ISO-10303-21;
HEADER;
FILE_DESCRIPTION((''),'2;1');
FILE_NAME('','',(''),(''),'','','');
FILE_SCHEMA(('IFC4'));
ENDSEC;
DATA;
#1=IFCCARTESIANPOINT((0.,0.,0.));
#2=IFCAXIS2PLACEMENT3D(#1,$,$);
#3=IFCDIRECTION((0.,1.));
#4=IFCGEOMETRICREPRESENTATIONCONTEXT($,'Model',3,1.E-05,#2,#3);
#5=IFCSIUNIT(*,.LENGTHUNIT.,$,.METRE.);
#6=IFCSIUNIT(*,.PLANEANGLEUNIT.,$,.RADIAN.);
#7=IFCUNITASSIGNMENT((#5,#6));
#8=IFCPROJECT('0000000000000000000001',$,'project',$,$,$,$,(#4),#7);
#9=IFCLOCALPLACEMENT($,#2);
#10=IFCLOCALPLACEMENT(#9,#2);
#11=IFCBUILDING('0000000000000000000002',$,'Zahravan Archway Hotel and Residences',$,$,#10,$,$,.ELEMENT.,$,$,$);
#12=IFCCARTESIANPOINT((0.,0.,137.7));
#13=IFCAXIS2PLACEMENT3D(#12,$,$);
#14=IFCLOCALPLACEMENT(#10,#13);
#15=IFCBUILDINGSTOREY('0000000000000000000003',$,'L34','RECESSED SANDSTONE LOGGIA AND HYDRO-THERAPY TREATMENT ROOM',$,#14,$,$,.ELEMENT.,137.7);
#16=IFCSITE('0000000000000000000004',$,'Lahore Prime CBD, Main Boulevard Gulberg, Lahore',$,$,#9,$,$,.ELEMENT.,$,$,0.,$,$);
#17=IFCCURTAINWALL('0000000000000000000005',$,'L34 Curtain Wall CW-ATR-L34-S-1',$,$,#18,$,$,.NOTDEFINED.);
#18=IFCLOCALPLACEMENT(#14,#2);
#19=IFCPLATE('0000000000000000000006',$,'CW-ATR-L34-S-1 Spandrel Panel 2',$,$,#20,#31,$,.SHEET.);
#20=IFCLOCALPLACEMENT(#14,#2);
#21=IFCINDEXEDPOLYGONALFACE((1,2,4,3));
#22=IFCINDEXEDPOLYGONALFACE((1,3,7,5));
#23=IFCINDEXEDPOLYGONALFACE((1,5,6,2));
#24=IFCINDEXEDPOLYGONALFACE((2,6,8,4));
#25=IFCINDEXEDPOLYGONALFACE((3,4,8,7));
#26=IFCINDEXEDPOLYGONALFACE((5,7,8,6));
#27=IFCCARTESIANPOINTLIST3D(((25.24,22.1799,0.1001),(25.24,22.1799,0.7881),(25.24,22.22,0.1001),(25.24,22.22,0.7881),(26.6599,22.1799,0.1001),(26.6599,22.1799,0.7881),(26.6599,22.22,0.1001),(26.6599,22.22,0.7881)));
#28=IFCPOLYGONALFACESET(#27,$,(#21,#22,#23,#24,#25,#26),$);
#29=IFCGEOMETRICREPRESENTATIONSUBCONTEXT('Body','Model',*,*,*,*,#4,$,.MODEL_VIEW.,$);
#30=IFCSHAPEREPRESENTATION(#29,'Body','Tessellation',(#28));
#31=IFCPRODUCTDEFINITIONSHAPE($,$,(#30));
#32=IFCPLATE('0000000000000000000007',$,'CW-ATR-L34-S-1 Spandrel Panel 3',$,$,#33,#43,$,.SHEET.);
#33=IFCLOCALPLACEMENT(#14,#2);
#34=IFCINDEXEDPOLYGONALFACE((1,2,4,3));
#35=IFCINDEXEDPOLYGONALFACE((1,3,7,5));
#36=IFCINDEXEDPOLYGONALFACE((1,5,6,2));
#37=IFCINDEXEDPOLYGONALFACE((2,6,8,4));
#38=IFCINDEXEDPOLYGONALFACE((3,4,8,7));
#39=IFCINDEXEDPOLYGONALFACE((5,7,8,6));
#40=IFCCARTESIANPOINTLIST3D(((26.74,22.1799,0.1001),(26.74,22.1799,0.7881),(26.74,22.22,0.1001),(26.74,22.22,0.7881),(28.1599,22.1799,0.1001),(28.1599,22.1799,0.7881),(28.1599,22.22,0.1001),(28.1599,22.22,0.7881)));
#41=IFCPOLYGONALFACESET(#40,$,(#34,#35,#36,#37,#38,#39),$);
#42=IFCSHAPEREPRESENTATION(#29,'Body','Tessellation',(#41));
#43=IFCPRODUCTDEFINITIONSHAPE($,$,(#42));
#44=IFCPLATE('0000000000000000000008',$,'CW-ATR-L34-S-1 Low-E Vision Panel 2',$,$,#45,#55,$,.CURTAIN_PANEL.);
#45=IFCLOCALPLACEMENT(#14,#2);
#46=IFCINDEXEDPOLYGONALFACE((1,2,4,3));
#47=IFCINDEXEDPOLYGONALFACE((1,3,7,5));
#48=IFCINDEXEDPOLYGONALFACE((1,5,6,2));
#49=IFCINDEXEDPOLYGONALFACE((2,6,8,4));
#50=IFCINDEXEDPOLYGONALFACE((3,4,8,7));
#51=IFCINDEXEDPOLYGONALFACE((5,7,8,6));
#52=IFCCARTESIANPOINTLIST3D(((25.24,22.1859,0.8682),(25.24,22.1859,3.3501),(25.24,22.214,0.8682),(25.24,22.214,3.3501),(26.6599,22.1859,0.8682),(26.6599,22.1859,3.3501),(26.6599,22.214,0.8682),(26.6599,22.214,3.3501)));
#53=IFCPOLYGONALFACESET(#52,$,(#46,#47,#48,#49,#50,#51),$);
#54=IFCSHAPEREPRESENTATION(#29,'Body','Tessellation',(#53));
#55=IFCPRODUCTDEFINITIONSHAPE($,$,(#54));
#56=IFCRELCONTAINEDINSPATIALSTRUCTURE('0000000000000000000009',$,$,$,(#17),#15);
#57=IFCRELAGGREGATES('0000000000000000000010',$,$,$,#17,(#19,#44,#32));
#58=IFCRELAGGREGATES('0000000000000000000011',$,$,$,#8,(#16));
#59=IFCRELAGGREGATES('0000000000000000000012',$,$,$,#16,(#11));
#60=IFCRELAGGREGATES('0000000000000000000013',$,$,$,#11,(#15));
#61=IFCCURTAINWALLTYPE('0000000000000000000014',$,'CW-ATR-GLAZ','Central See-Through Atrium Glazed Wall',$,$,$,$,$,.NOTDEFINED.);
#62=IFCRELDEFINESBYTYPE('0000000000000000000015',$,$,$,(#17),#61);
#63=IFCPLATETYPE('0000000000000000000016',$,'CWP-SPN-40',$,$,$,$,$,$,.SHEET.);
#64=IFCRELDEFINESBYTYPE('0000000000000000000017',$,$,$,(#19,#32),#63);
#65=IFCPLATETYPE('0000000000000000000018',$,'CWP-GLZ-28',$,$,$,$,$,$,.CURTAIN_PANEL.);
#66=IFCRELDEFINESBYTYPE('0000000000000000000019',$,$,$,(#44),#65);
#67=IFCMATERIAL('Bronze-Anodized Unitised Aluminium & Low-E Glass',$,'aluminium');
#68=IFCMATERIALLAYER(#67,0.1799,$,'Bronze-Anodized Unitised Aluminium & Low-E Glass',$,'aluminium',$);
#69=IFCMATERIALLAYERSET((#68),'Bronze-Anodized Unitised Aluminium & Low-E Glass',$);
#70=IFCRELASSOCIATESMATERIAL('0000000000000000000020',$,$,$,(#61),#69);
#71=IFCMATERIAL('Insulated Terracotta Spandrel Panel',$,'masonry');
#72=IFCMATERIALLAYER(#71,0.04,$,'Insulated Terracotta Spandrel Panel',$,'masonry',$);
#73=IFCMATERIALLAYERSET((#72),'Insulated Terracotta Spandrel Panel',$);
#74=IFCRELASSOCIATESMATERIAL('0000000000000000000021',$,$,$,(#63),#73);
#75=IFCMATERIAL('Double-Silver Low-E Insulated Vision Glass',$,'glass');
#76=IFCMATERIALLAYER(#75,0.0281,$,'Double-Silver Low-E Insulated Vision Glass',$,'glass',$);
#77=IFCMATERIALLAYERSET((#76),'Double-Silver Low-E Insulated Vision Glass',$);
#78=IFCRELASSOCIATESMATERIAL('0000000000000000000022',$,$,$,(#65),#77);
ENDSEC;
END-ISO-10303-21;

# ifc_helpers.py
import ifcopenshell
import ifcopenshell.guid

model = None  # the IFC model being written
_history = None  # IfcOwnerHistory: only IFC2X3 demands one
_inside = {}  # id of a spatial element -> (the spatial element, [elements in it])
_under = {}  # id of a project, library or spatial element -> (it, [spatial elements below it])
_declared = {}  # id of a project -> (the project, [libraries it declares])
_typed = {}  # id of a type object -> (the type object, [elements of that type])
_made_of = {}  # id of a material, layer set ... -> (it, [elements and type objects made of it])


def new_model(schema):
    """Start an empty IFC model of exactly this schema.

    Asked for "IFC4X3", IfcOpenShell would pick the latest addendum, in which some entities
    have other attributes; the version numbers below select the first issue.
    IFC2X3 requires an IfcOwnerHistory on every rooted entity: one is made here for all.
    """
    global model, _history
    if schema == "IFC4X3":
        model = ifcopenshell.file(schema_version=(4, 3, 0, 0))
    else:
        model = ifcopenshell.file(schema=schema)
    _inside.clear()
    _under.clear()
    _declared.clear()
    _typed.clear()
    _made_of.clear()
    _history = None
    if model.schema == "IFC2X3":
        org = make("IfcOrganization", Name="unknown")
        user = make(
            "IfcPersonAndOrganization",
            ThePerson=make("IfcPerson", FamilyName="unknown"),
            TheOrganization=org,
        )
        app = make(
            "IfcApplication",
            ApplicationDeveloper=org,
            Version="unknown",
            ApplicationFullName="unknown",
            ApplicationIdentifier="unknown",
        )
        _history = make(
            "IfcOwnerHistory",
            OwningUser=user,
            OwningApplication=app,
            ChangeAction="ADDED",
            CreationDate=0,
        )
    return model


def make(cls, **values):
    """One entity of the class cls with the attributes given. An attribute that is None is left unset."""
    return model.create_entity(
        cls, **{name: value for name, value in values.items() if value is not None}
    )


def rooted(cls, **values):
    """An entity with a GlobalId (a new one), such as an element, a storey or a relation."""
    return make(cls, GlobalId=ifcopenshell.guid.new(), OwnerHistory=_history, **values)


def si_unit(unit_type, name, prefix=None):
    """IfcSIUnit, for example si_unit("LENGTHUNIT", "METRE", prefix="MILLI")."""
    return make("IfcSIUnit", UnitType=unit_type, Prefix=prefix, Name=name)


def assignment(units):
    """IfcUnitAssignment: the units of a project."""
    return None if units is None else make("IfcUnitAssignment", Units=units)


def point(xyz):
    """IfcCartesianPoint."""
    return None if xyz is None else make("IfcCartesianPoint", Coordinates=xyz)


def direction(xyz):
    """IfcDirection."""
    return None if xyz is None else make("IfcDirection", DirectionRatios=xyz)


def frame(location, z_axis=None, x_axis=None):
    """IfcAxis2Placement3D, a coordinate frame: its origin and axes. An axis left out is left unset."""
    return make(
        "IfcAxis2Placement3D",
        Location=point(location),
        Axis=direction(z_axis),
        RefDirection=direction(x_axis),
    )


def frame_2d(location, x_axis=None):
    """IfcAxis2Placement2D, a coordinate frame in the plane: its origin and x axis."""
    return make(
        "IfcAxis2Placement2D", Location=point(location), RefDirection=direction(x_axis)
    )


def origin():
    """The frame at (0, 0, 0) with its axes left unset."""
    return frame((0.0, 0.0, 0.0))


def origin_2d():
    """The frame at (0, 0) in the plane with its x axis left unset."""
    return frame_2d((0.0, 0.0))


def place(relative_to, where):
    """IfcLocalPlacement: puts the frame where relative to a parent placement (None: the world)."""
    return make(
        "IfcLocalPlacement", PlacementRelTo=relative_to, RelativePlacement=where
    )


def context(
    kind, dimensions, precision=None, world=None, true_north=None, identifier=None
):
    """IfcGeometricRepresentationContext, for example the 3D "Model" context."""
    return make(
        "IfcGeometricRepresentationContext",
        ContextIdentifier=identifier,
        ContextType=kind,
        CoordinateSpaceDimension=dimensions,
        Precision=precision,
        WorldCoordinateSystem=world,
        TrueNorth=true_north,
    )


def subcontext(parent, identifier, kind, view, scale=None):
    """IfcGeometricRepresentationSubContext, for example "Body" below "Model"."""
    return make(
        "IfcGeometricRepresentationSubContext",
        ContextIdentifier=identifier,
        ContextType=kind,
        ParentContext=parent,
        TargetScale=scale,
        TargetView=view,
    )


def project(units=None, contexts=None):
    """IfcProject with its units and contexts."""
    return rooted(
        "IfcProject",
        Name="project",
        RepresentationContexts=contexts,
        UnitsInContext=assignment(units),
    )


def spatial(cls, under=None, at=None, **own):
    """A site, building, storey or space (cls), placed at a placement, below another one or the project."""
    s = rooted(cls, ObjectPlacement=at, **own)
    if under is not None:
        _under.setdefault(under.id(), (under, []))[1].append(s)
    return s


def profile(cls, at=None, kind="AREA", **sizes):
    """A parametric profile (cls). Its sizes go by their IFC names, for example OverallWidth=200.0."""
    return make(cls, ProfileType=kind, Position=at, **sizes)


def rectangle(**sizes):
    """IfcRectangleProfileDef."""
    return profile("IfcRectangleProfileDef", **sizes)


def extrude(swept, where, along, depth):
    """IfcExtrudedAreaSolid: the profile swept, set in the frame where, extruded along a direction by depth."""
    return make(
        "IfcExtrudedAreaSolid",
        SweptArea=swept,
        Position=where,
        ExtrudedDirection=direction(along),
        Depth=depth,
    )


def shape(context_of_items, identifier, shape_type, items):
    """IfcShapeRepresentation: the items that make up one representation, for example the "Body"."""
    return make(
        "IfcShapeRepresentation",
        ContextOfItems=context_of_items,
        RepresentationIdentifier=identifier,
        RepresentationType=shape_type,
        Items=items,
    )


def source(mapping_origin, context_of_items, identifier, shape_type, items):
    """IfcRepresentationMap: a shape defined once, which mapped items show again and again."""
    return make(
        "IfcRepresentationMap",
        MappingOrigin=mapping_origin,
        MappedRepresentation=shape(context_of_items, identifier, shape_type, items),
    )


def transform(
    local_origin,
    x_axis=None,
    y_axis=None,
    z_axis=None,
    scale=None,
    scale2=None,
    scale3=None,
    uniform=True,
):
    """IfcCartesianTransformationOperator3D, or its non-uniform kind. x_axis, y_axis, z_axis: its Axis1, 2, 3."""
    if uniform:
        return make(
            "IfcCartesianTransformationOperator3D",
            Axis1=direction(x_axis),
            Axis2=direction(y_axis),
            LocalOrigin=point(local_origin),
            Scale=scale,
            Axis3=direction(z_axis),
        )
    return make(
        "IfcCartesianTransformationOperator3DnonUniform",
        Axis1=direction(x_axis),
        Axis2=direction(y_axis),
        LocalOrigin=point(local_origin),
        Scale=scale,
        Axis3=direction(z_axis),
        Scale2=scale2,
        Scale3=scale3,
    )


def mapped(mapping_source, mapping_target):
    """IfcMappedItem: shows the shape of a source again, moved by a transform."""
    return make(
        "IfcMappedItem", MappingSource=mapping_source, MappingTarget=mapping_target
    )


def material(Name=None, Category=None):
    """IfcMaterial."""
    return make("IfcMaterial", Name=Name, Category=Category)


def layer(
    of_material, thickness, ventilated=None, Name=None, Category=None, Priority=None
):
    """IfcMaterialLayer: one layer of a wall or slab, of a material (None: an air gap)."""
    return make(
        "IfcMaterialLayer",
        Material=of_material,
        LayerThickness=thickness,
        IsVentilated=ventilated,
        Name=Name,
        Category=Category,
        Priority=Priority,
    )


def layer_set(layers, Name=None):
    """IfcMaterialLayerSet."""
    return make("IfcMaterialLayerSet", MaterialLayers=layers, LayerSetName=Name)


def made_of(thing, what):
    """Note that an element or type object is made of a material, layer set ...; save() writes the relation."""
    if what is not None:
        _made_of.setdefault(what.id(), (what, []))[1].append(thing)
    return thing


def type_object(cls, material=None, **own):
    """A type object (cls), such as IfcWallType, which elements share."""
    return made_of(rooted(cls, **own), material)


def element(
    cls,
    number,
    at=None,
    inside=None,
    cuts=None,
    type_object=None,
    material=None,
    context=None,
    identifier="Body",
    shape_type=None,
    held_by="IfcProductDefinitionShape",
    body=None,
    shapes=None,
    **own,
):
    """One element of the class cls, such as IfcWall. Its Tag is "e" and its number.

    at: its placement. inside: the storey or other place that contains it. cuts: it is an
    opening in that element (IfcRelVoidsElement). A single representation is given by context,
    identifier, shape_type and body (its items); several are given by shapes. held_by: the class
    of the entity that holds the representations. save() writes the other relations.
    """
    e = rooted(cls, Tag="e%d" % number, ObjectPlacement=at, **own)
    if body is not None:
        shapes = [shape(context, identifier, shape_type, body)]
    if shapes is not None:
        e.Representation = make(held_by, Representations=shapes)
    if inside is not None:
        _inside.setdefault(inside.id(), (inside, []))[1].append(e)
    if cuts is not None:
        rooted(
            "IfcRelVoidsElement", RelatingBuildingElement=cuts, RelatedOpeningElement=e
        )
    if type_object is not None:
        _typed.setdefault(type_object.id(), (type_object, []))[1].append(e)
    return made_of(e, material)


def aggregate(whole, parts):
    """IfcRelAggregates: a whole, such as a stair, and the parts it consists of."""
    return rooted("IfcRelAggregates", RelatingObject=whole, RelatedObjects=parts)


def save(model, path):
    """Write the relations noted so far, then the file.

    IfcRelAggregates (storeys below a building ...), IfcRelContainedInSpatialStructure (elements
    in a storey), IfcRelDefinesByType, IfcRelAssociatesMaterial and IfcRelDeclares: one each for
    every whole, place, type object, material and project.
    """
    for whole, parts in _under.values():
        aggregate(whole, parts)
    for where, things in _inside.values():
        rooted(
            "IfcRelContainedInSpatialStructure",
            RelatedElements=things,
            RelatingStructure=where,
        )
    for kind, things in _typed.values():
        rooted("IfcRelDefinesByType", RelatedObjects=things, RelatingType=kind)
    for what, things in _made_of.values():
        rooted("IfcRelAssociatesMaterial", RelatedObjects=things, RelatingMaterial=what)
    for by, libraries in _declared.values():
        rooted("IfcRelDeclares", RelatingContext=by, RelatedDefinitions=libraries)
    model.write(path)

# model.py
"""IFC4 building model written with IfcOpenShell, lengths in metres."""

from ifc_helpers import new_model, si_unit, direction, frame, origin, origin_2d, place, context, subcontext, project, spatial, rectangle, extrude, source, transform, mapped, material, layer, layer_set, type_object, element, aggregate, save


model = new_model("IFC4")

# Units and contexts
model_context = context("Model", 3, precision=1e-05, world=origin(), true_north=direction((0.0, 1.0)))
body_context = subcontext(model_context, "Body", "Model", "MODEL_VIEW")
ifc_project = project(units=[si_unit("LENGTHUNIT", "METRE"), si_unit("PLANEANGLEUNIT", "RADIAN")], contexts=[model_context])

# Site, building, storey
site_placement = place(None, origin())
site = spatial("IfcSite", under=ifc_project, at=site_placement, Name="Lahore Prime CBD, Main Boulevard Gulberg, Lahore", CompositionType="ELEMENT", RefElevation=0.0)
building_placement = place(site_placement, origin())
building = spatial("IfcBuilding", under=site, at=building_placement, Name="Zahravan Archway Hotel and Residences", CompositionType="ELEMENT")
storey_placement = place(building_placement, frame((0.0, 0.0, 137.7)))
storey = spatial("IfcBuildingStorey", under=building, at=storey_placement, Name="L34", Description="RECESSED SANDSTONE LOGGIA AND HYDRO-THERAPY TREATMENT ROOM", CompositionType="ELEMENT", Elevation=137.7)

# Curtain wall, plates
ifc_material_1 = material(Name="Bronze-Anodized Unitised Aluminium & Low-E Glass", Category="aluminium")
ifc_layer_1 = layer(ifc_material_1, 0.1799, Name="Bronze-Anodized Unitised Aluminium & Low-E Glass", Category="aluminium")
ifc_layer_set_1 = layer_set([ifc_layer_1], Name="Bronze-Anodized Unitised Aluminium & Low-E Glass")
curtain_wall_type = type_object("IfcCurtainWallType", Name="CW-ATR-GLAZ", Description="Central See-Through Atrium Glazed Wall", PredefinedType="NOTDEFINED", material=ifc_layer_set_1)
curtain_wall_placement = place(storey_placement, origin())
curtain_wall = element("IfcCurtainWall", 1, at=curtain_wall_placement, inside=storey, type_object=curtain_wall_type, Name="L34 Curtain Wall CW-ATR-L34-S-1", PredefinedType="NOTDEFINED")
ifc_material_2 = material(Name="Insulated Terracotta Spandrel Panel", Category="masonry")
ifc_layer_2 = layer(ifc_material_2, 0.04, Name="Insulated Terracotta Spandrel Panel", Category="masonry")
ifc_layer_set_2 = layer_set([ifc_layer_2], Name="Insulated Terracotta Spandrel Panel")
plate_type_1 = type_object("IfcPlateType", Name="CWP-SPN-40", PredefinedType="SHEET", material=ifc_layer_set_2)
shared_shape_1 = source(origin(), body_context, "Body", "SweptSolid", [
    extrude(rectangle(XDim=1.4199, YDim=0.04, at=origin_2d()), origin(), (0.0, 0.0, 1.0), 0.688),
])
plate_1_placement = place(storey_placement, frame((25.95, 22.2, 0.1001), z_axis=(0.0, 0.0, 1.0), x_axis=(1.0, 0.0, 0.0)))
plate_1 = element("IfcPlate", 2, at=plate_1_placement, type_object=plate_type_1, Name="CW-ATR-L34-S-1 Spandrel Panel 2", PredefinedType="SHEET", context=body_context, shape_type="MappedRepresentation", body=[
    mapped(shared_shape_1, transform((0.0, 0.0, 0.0), scale=1.0)),
])
plate_2_placement = place(storey_placement, frame((27.45, 22.2, 0.1001), z_axis=(0.0, 0.0, 1.0), x_axis=(1.0, 0.0, 0.0)))
plate_2 = element("IfcPlate", 3, at=plate_2_placement, type_object=plate_type_1, Name="CW-ATR-L34-S-1 Spandrel Panel 3", PredefinedType="SHEET", context=body_context, shape_type="MappedRepresentation", body=[
    mapped(shared_shape_1, transform((0.0, 0.0, 0.0), scale=1.0)),
])
ifc_material_3 = material(Name="Double-Silver Low-E Insulated Vision Glass", Category="glass")
ifc_layer_3 = layer(ifc_material_3, 0.0281, Name="Double-Silver Low-E Insulated Vision Glass", Category="glass")
ifc_layer_set_3 = layer_set([ifc_layer_3], Name="Double-Silver Low-E Insulated Vision Glass")
plate_type_2 = type_object("IfcPlateType", Name="CWP-GLZ-28", PredefinedType="CURTAIN_PANEL", material=ifc_layer_set_3)
shared_shape_2 = source(origin(), body_context, "Body", "SweptSolid", [
    extrude(rectangle(XDim=1.4199, YDim=0.0281, at=origin_2d()), origin(), (0.0, 0.0, 1.0), 2.4819),
])
plate_3_placement = place(storey_placement, frame((25.95, 22.2, 0.8682), z_axis=(0.0, 0.0, 1.0), x_axis=(1.0, 0.0, 0.0)))
plate_3 = element("IfcPlate", 4, at=plate_3_placement, type_object=plate_type_2, Name="CW-ATR-L34-S-1 Low-E Vision Panel 2", PredefinedType="CURTAIN_PANEL", context=body_context, shape_type="MappedRepresentation", body=[
    mapped(shared_shape_2, transform((0.0, 0.0, 0.0), scale=1.0)),
])
aggregate(curtain_wall, [plate_1, plate_3, plate_2])

save(model, "model.ifc")
